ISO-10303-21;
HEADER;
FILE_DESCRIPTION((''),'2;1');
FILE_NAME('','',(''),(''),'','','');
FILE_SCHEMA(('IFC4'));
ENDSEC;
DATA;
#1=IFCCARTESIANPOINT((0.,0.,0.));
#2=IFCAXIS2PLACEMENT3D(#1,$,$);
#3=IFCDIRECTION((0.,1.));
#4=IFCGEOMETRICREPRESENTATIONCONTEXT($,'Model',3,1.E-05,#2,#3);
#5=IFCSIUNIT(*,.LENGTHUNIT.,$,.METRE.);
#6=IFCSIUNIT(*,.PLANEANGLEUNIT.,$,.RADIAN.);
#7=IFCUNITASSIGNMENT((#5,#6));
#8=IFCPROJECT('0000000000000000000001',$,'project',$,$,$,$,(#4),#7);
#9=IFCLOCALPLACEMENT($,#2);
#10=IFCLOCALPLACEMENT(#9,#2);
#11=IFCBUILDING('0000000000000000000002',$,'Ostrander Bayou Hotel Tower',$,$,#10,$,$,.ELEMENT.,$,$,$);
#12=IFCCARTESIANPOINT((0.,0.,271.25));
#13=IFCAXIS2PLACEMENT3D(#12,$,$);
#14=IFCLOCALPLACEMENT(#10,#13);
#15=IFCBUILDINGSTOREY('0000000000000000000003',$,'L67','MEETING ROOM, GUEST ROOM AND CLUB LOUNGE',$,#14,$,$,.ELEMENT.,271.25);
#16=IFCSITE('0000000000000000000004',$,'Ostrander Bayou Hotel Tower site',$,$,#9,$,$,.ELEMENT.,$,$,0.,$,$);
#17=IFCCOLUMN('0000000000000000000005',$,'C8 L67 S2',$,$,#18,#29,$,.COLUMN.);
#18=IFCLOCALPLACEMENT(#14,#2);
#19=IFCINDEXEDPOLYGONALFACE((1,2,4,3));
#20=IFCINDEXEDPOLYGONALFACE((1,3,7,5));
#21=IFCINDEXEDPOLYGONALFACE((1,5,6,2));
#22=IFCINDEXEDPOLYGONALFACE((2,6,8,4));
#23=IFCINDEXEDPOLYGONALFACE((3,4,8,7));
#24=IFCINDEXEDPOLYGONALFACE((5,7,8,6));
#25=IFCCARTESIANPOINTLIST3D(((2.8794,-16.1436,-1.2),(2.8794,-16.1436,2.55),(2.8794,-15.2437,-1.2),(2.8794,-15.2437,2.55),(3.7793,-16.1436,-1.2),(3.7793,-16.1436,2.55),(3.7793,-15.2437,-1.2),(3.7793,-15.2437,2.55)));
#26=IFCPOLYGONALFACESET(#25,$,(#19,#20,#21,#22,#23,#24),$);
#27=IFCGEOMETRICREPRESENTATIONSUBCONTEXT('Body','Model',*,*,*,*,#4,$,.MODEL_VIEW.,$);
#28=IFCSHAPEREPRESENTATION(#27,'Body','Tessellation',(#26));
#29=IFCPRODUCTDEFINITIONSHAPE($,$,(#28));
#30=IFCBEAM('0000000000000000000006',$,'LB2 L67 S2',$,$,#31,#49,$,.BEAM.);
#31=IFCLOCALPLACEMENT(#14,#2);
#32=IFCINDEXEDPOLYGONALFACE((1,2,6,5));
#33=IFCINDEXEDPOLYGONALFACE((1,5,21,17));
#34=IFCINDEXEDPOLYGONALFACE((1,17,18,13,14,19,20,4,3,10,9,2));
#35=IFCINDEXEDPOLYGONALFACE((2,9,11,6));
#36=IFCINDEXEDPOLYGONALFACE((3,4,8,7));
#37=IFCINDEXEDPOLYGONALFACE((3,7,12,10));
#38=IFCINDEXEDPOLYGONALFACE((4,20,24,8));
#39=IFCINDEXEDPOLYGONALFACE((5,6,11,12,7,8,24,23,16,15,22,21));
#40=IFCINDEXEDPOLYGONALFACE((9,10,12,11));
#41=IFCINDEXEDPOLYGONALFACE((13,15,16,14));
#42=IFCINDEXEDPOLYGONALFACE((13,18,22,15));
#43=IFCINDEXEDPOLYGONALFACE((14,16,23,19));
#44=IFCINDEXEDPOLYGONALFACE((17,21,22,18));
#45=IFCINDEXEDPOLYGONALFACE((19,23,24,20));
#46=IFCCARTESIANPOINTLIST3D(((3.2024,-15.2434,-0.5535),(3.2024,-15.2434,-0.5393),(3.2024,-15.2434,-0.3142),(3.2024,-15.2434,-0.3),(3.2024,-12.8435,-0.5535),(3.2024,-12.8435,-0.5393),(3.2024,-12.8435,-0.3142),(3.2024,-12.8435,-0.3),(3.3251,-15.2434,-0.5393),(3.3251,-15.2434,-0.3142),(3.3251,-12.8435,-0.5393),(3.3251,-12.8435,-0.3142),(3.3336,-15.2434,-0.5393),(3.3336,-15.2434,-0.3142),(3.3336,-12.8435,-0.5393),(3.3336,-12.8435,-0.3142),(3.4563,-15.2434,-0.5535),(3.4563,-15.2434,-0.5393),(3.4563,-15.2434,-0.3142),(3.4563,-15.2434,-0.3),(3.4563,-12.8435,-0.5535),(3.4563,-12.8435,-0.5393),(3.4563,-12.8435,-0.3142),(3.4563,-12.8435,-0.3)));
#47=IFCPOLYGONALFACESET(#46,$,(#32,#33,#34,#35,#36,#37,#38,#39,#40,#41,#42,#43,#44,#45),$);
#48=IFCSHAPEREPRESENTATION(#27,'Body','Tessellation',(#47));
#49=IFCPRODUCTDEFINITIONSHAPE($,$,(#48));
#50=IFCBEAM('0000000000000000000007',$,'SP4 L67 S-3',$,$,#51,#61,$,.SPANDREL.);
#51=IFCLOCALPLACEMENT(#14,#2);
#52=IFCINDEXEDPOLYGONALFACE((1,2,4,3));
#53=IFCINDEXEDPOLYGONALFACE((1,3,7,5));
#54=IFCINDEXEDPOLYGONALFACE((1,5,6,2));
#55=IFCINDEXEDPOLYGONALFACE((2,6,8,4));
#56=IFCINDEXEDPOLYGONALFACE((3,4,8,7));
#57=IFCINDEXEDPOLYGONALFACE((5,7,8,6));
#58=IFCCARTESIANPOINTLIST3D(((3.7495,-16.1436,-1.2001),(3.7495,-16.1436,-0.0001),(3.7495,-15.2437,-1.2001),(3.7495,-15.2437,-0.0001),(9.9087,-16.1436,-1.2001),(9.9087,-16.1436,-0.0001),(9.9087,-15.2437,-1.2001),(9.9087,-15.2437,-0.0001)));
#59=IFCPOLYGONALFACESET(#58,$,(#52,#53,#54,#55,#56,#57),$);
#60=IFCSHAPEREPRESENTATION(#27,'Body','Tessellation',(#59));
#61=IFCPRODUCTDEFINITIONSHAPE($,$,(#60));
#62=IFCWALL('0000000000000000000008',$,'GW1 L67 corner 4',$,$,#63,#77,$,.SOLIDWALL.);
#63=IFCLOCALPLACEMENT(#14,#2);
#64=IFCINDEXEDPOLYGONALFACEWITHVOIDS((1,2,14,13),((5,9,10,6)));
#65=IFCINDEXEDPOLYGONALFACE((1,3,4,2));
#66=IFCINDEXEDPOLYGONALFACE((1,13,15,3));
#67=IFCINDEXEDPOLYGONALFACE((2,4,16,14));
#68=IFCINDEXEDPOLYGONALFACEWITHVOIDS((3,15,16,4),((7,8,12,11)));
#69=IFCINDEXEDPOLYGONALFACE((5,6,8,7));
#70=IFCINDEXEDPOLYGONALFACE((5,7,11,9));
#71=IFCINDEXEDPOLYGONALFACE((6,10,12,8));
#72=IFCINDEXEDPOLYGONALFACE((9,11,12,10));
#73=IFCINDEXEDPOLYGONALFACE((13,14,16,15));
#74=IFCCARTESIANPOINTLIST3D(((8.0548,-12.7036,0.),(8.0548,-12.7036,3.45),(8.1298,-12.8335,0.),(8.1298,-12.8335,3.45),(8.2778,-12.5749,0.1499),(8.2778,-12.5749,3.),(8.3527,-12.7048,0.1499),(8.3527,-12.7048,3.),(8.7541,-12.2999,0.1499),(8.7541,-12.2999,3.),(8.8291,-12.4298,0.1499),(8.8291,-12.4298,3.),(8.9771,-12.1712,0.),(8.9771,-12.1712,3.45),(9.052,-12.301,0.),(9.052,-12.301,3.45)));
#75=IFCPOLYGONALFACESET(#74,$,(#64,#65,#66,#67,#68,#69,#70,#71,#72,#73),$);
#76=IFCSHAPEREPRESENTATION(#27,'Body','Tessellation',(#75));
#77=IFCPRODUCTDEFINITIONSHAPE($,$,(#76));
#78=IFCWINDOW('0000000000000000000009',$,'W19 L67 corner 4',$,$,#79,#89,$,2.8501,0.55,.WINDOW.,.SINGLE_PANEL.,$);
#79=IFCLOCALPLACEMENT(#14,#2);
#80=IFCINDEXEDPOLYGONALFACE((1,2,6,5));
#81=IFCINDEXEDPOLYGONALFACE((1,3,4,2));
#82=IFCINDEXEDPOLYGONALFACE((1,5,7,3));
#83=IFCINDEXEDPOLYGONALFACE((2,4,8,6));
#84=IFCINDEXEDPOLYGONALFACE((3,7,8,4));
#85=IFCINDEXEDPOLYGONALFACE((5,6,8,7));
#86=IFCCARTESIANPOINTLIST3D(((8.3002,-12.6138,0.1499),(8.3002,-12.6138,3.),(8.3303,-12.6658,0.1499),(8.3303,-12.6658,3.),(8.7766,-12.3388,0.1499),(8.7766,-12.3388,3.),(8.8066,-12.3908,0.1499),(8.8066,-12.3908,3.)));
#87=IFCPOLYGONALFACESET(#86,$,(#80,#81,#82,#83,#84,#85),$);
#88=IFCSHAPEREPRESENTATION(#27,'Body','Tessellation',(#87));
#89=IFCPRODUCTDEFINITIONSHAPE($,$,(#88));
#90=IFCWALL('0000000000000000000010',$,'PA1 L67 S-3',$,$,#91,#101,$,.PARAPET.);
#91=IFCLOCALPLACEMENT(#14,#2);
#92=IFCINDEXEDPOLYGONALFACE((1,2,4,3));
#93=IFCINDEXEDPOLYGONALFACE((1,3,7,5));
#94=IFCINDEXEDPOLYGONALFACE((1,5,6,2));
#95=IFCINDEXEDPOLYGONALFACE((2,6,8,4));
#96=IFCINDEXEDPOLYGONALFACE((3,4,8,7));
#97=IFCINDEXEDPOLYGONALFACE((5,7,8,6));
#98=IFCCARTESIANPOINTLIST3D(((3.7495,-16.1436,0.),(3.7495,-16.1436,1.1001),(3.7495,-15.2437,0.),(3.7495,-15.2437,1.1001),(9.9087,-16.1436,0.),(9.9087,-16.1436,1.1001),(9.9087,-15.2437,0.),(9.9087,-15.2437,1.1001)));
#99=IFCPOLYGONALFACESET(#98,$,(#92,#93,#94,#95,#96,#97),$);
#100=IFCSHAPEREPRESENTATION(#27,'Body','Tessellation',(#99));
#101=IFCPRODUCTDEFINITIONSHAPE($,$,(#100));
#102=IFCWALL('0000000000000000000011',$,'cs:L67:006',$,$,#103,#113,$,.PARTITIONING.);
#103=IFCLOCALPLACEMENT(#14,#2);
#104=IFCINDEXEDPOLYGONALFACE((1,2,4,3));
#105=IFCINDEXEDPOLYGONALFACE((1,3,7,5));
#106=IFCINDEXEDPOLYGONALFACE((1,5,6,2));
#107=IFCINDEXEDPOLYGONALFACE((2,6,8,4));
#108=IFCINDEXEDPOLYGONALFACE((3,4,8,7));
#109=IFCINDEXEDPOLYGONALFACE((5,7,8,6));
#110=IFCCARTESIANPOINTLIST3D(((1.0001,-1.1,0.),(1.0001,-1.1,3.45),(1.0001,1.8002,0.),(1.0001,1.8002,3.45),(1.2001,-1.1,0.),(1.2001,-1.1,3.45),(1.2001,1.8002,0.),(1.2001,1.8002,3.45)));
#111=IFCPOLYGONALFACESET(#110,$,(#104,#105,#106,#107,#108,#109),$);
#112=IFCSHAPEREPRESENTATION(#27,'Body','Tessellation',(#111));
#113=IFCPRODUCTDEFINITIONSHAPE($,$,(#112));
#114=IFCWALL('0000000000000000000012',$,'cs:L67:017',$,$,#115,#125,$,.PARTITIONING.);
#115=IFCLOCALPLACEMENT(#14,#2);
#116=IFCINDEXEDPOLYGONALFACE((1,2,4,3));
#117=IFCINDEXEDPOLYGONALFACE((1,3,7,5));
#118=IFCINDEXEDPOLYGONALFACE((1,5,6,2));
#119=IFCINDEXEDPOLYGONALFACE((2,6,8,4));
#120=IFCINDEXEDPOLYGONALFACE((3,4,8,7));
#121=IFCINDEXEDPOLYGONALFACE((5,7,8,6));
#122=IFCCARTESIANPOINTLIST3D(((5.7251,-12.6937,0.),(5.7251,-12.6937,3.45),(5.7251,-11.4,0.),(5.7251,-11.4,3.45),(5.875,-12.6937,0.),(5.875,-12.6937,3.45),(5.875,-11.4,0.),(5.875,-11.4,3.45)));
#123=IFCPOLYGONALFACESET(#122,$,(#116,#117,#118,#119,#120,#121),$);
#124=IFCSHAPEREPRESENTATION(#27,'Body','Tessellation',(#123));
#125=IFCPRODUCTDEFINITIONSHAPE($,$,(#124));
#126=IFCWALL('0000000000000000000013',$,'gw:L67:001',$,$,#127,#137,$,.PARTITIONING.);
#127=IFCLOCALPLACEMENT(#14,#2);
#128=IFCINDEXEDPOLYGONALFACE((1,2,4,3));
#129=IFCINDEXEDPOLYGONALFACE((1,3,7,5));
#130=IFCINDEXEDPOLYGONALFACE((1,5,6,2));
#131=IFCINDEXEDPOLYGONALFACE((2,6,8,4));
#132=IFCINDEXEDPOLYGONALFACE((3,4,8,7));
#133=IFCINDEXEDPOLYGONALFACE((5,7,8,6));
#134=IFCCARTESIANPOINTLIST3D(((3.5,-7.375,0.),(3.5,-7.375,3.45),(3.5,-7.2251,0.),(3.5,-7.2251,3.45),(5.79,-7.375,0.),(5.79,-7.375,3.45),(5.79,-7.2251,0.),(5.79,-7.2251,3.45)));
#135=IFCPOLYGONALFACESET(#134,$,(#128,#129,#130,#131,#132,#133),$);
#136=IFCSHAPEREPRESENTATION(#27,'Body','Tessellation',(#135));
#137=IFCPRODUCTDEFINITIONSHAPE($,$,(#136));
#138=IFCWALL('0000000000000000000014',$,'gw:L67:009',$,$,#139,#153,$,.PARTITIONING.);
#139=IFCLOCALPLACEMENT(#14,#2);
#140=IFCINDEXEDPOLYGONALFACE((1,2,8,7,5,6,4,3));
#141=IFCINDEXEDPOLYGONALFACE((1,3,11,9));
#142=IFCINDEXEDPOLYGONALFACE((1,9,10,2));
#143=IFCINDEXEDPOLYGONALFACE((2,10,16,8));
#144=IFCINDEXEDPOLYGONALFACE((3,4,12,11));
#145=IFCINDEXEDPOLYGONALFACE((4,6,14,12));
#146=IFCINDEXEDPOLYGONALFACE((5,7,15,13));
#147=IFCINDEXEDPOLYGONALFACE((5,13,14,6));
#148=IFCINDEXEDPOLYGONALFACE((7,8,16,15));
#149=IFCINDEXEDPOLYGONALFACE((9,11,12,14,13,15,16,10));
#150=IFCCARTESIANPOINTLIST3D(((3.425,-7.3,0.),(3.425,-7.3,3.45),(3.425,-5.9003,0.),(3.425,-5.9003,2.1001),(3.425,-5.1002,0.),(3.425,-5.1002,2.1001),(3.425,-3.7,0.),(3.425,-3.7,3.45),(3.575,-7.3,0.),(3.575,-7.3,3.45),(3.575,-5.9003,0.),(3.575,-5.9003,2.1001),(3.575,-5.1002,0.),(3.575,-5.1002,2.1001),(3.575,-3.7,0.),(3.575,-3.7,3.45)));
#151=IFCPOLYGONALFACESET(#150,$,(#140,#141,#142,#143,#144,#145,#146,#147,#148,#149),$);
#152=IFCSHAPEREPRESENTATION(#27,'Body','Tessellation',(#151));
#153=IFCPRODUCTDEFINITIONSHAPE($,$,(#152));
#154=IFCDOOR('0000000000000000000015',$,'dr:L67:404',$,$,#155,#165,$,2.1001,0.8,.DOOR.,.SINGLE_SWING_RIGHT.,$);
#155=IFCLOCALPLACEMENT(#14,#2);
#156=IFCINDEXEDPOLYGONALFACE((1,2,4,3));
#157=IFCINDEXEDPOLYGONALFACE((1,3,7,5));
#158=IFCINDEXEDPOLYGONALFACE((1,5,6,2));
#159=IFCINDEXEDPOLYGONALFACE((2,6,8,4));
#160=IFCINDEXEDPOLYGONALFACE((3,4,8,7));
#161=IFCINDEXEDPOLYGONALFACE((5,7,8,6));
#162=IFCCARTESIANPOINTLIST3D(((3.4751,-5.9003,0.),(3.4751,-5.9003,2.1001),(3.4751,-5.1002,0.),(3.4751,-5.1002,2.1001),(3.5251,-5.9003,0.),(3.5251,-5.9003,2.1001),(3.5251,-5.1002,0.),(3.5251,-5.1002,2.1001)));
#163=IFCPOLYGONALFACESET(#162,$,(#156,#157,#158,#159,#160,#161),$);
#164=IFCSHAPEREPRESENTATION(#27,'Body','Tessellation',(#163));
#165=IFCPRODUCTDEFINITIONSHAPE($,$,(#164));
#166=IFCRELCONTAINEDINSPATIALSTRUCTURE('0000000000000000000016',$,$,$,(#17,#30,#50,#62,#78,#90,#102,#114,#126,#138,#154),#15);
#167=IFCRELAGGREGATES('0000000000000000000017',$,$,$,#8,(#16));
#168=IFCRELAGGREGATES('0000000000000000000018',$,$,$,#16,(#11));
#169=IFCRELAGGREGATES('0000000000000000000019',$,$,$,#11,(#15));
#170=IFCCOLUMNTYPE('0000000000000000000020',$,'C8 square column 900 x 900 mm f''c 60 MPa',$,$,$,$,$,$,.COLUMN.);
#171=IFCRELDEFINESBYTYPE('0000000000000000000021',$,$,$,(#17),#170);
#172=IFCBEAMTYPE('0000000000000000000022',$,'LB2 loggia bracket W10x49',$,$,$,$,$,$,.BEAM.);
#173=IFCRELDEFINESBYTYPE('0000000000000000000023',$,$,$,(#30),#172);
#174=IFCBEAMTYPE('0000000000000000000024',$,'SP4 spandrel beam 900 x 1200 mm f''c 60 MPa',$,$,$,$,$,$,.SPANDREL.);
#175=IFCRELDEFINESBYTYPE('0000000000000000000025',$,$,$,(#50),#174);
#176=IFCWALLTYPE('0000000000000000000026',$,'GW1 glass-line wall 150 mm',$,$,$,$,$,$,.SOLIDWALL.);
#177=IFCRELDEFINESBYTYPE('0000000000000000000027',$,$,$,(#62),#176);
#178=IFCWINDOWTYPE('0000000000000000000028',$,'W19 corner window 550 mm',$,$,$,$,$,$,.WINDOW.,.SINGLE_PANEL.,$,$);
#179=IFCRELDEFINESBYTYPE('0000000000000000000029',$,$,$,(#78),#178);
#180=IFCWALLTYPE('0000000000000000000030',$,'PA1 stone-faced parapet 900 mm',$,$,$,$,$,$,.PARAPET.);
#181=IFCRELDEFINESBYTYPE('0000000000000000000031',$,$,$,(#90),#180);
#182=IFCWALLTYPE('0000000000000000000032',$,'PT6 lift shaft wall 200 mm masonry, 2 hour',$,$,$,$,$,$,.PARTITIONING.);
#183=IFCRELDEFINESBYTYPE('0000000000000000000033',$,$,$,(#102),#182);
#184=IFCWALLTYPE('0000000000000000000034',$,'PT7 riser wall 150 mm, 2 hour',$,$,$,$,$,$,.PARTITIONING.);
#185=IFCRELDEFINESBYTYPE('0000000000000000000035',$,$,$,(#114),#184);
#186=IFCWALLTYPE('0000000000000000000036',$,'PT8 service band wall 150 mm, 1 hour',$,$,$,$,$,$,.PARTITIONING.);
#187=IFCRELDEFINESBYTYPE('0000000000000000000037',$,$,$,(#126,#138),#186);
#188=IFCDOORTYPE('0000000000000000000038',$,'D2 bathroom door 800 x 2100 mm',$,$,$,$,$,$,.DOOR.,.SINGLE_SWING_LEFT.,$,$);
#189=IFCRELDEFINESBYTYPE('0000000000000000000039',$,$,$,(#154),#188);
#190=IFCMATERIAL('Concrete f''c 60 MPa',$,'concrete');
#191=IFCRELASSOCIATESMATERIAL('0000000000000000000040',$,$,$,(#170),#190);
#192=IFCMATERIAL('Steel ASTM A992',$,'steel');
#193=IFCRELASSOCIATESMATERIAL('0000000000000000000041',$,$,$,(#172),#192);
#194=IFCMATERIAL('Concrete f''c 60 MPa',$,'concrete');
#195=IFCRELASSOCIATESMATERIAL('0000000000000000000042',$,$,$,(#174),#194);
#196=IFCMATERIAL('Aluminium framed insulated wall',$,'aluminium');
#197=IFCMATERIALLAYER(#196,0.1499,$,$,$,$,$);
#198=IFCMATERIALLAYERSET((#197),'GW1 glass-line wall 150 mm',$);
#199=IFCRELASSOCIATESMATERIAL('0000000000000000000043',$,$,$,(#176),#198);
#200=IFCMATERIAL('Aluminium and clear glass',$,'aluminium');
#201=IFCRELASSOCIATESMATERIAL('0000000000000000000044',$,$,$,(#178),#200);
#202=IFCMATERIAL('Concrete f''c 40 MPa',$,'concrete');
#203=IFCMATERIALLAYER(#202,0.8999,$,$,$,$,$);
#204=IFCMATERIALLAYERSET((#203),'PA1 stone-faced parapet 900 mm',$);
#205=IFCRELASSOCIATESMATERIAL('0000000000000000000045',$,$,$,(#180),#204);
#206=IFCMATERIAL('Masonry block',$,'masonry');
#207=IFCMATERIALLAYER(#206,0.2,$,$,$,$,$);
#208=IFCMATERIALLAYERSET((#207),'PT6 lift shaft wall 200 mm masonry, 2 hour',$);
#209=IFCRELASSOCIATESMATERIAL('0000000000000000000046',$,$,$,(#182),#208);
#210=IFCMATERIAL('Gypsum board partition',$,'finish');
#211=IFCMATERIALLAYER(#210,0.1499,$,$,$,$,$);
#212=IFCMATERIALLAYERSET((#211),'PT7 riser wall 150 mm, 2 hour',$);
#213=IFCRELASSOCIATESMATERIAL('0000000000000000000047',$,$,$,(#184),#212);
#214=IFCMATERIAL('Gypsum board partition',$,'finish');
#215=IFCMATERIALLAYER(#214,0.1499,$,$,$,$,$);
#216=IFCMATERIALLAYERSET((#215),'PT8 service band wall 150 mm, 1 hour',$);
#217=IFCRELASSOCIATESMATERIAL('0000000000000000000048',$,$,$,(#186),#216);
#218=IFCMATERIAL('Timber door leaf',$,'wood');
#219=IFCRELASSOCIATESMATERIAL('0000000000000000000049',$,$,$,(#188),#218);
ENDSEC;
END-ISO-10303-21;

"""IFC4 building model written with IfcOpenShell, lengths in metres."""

from ifc_helpers import new_model, si_unit, direction, frame, frame_2d, origin, origin_2d, place, context, subcontext, project, spatial, rectangle, i_section, extrude, material, layer, layer_set, material_profile, profile_set, type_object, element, fill, save


model = new_model("IFC4")

# Units and contexts
model_context = context("Model", 3, precision=1e-05, world=origin(), true_north=direction((0.0, 1.0)))
body_context = subcontext(model_context, "Body", "Model", "MODEL_VIEW")
ifc_project = project(units=[si_unit("LENGTHUNIT", "METRE"), si_unit("PLANEANGLEUNIT", "RADIAN")], contexts=[model_context])

# Site, building, storey
site_placement = place(None, origin())
site = spatial("IfcSite", under=ifc_project, at=site_placement, Name="Ostrander Bayou Hotel Tower site", CompositionType="ELEMENT", RefElevation=0.0)
building_placement = place(site_placement, origin())
building = spatial("IfcBuilding", under=site, at=building_placement, Name="Ostrander Bayou Hotel Tower", CompositionType="ELEMENT")
storey_placement = place(building_placement, frame((0.0, 0.0, 271.25)))
storey = spatial("IfcBuildingStorey", under=building, at=storey_placement, Name="L67", Description="MEETING ROOM, GUEST ROOM AND CLUB LOUNGE", CompositionType="ELEMENT", Elevation=271.25)

# Column
ifc_material_1 = material(Name="Concrete f'c 60 MPa", Category="concrete")
ifc_material_profile_1 = material_profile(ifc_material_1, rectangle(XDim=0.8999, YDim=0.8999, at=origin_2d()))
ifc_profile_set_1 = profile_set([ifc_material_profile_1], Name="Concrete f'c 60 MPa")
column_type = type_object("IfcColumnType", Name="C8 square column 900 x 900 mm f'c 60 MPa", PredefinedType="COLUMN", material=ifc_profile_set_1)
column_placement = place(storey_placement, frame((3.3293, -15.6936, -1.2), z_axis=(0.0, 0.0, 1.0), x_axis=(-1.0, 0.0, 0.0)))
element("IfcColumn", 1, at=column_placement, inside=storey, type_object=column_type, Name="C8 L67 S2", PredefinedType="COLUMN", context=body_context, shape_type="SweptSolid", body=[
    extrude(rectangle(XDim=0.8999, YDim=0.8999, at=origin_2d()), origin(), (0.0, 0.0, 1.0), 3.75),
])

# Beams
ifc_material_2 = material(Name="Steel ASTM A992", Category="steel")
ifc_material_profile_2 = material_profile(ifc_material_2, i_section(OverallWidth=0.2539, OverallDepth=0.2534, WebThickness=0.0085, FlangeThickness=0.0142, at=origin_2d()))
ifc_profile_set_2 = profile_set([ifc_material_profile_2], Name="Steel ASTM A992")
beam_type_1 = type_object("IfcBeamType", Name="LB2 loggia bracket W10x49", PredefinedType="BEAM", material=ifc_profile_set_2)
beam_1_placement = place(storey_placement, frame((3.3293, -15.2434, -0.4268), z_axis=(0.0, 1.0, 0.0), x_axis=(-1.0, 0.0, 0.0)))
element("IfcBeam", 2, at=beam_1_placement, inside=storey, type_object=beam_type_1, Name="LB2 L67 S2", PredefinedType="BEAM", context=body_context, shape_type="SweptSolid", body=[
    extrude(i_section(OverallWidth=0.2539, OverallDepth=0.2534, WebThickness=0.0085, FlangeThickness=0.0142, at=origin_2d()), origin(), (0.0, 0.0, 1.0), 2.3999),
])
ifc_material_3 = material(Name="Concrete f'c 60 MPa", Category="concrete")
ifc_material_profile_3 = material_profile(ifc_material_3, rectangle(XDim=0.8999, YDim=1.2, at=origin_2d()))
ifc_profile_set_3 = profile_set([ifc_material_profile_3], Name="Concrete f'c 60 MPa")
beam_type_2 = type_object("IfcBeamType", Name="SP4 spandrel beam 900 x 1200 mm f'c 60 MPa", PredefinedType="SPANDREL", material=ifc_profile_set_3)
beam_2_placement = place(storey_placement, frame((3.7495, -15.6936, -0.6001), z_axis=(1.0, 0.0, 0.0), x_axis=(0.0, 1.0, 0.0)))
element("IfcBeam", 3, at=beam_2_placement, inside=storey, type_object=beam_type_2, Name="SP4 L67 S-3", PredefinedType="SPANDREL", context=body_context, shape_type="SweptSolid", body=[
    extrude(rectangle(XDim=0.8999, YDim=1.2, at=origin_2d()), origin(), (0.0, 0.0, 1.0), 6.1592),
])

# Wall, opening, window
ifc_material_4 = material(Name="Aluminium framed insulated wall", Category="aluminium")
ifc_layer_1 = layer(ifc_material_4, 0.1499)
ifc_layer_set_1 = layer_set([ifc_layer_1], Name="GW1 glass-line wall 150 mm")
wall_type_1 = type_object("IfcWallType", Name="GW1 glass-line wall 150 mm", PredefinedType="SOLIDWALL", material=ifc_layer_set_1)
wall_1_placement = place(storey_placement, frame((8.0923, -12.7686, 0.0), z_axis=(0.0, 0.0, 1.0), x_axis=(0.866048, 0.499961, 0.0)))
wall_1 = element("IfcWall", 4, at=wall_1_placement, inside=storey, type_object=wall_type_1, Name="GW1 L67 corner 4", PredefinedType="SOLIDWALL", context=body_context, shape_type="SweptSolid", body=[
    extrude(rectangle(XDim=1.0649, YDim=0.1499, at=frame_2d((0.5325, 0.0))), origin(), (0.0, 0.0, 1.0), 3.45),
])
opening_1_placement = place(wall_1_placement, frame((0.2576, 0.0, 0.1499)))
opening_1 = element("IfcOpeningElement", 5, at=opening_1_placement, cuts=wall_1, PredefinedType="OPENING", context=body_context, shape_type="SweptSolid", body=[
    extrude(rectangle(XDim=0.55, YDim=2.8501, at=frame_2d((0.2749, 1.425))), frame((0.0, 0.075, 0.0), z_axis=(0.0, -1.0, 0.0), x_axis=(1.0, 0.0, 0.0)), (0.0, 0.0, 1.0), 0.1499),
])
ifc_material_5 = material(Name="Aluminium and clear glass", Category="aluminium")
window_type = type_object("IfcWindowType", Name="W19 corner window 550 mm", PartitioningType="SINGLE_PANEL", PredefinedType="WINDOW", material=ifc_material_5)
window_placement = place(opening_1_placement, origin())
window = element("IfcWindow", 6, at=window_placement, inside=storey, type_object=window_type, Name="W19 L67 corner 4", OverallHeight=2.8501, OverallWidth=0.55, PartitioningType="SINGLE_PANEL", PredefinedType="WINDOW", context=body_context, shape_type="SweptSolid", body=[
    extrude(rectangle(XDim=0.55, YDim=2.8501, at=frame_2d((0.2749, 1.425))), frame((0.0, 0.03, 0.0), z_axis=(0.0, -1.0, 0.0), x_axis=(1.0, 0.0, 0.0)), (0.0, 0.0, 1.0), 0.0601),
])
fill(opening_1, window)

# Walls
ifc_material_6 = material(Name="Concrete f'c 40 MPa", Category="concrete")
ifc_layer_2 = layer(ifc_material_6, 0.8999)
ifc_layer_set_2 = layer_set([ifc_layer_2], Name="PA1 stone-faced parapet 900 mm")
wall_type_2 = type_object("IfcWallType", Name="PA1 stone-faced parapet 900 mm", PredefinedType="PARAPET", material=ifc_layer_set_2)
wall_2_placement = place(storey_placement, frame((3.7495, -15.6936, 0.0), z_axis=(0.0, 0.0, 1.0), x_axis=(1.0, 0.0, 0.0)))
element("IfcWall", 7, at=wall_2_placement, inside=storey, type_object=wall_type_2, Name="PA1 L67 S-3", PredefinedType="PARAPET", context=body_context, shape_type="SweptSolid", body=[
    extrude(rectangle(XDim=6.1592, YDim=0.8999, at=frame_2d((3.0796, 0.0))), origin(), (0.0, 0.0, 1.0), 1.1001),
])
ifc_material_7 = material(Name="Masonry block", Category="masonry")
ifc_layer_3 = layer(ifc_material_7, 0.2)
ifc_layer_set_3 = layer_set([ifc_layer_3], Name="PT6 lift shaft wall 200 mm masonry, 2 hour")
wall_type_3 = type_object("IfcWallType", Name="PT6 lift shaft wall 200 mm masonry, 2 hour", PredefinedType="PARTITIONING", material=ifc_layer_set_3)
wall_3_placement = place(storey_placement, frame((1.1001, -1.1001, 0.0), z_axis=(0.0, 0.0, 1.0), x_axis=(0.0, 1.0, 0.0)))
element("IfcWall", 8, at=wall_3_placement, inside=storey, type_object=wall_type_3, Name="cs:L67:006", PredefinedType="PARTITIONING", context=body_context, shape_type="SweptSolid", body=[
    extrude(rectangle(XDim=2.9001, YDim=0.2, at=frame_2d((1.4502, 0.0))), origin(), (0.0, 0.0, 1.0), 3.45),
])
ifc_material_8 = material(Name="Gypsum board partition", Category="finish")
ifc_layer_4 = layer(ifc_material_8, 0.1499)
ifc_layer_set_4 = layer_set([ifc_layer_4], Name="PT7 riser wall 150 mm, 2 hour")
wall_type_4 = type_object("IfcWallType", Name="PT7 riser wall 150 mm, 2 hour", PredefinedType="PARTITIONING", material=ifc_layer_set_4)
wall_4_placement = place(storey_placement, frame((5.8, -11.3999, 0.0), z_axis=(0.0, 0.0, 1.0), x_axis=(0.0, -1.0, 0.0)))
element("IfcWall", 9, at=wall_4_placement, inside=storey, type_object=wall_type_4, Name="cs:L67:017", PredefinedType="PARTITIONING", context=body_context, shape_type="SweptSolid", body=[
    extrude(rectangle(XDim=1.2937, YDim=0.1499, at=frame_2d((0.647, 0.0))), origin(), (0.0, 0.0, 1.0), 3.45),
])
ifc_material_9 = material(Name="Gypsum board partition", Category="finish")
ifc_layer_5 = layer(ifc_material_9, 0.1499)
ifc_layer_set_5 = layer_set([ifc_layer_5], Name="PT8 service band wall 150 mm, 1 hour")
wall_type_5 = type_object("IfcWallType", Name="PT8 service band wall 150 mm, 1 hour", PredefinedType="PARTITIONING", material=ifc_layer_set_5)
wall_5_placement = place(storey_placement, frame((3.5, -7.3, 0.0), z_axis=(0.0, 0.0, 1.0), x_axis=(1.0, 0.0, 0.0)))
element("IfcWall", 10, at=wall_5_placement, inside=storey, type_object=wall_type_5, Name="gw:L67:001", PredefinedType="PARTITIONING", context=body_context, shape_type="SweptSolid", body=[
    extrude(rectangle(XDim=2.29, YDim=0.1499, at=frame_2d((1.145, 0.0))), origin(), (0.0, 0.0, 1.0), 3.45),
])

# Wall, opening, door
wall_6_placement = place(storey_placement, frame((3.5, -7.3, 0.0), z_axis=(0.0, 0.0, 1.0), x_axis=(0.0, 1.0, 0.0)))
wall_6 = element("IfcWall", 11, at=wall_6_placement, inside=storey, type_object=wall_type_5, Name="gw:L67:009", PredefinedType="PARTITIONING", context=body_context, shape_type="SweptSolid", body=[
    extrude(rectangle(XDim=3.6001, YDim=0.1499, at=frame_2d((1.8, 0.0))), origin(), (0.0, 0.0, 1.0), 3.45),
])
opening_2_placement = place(wall_6_placement, frame((1.3999, 0.0, 0.0)))
opening_2 = element("IfcOpeningElement", 12, at=opening_2_placement, cuts=wall_6, PredefinedType="OPENING", context=body_context, shape_type="SweptSolid", body=[
    extrude(rectangle(XDim=0.8, YDim=2.1001, at=frame_2d((0.3999, 1.05))), frame((0.0, 0.075, 0.0), z_axis=(0.0, -1.0, 0.0), x_axis=(1.0, 0.0, 0.0)), (0.0, 0.0, 1.0), 0.1499),
])
ifc_material_10 = material(Name="Timber door leaf", Category="wood")
door_type_1 = type_object("IfcDoorType", Name="D2 bathroom door 800 x 2100 mm", OperationType="SINGLE_SWING_LEFT", PredefinedType="DOOR", material=ifc_material_10)
door_1_placement = place(opening_2_placement, origin())
door_1 = element("IfcDoor", 13, at=door_1_placement, inside=storey, type_object=door_type_1, Name="dr:L67:404", OperationType="SINGLE_SWING_RIGHT", OverallHeight=2.1001, OverallWidth=0.8, PredefinedType="DOOR", context=body_context, shape_type="SweptSolid", body=[
    extrude(rectangle(XDim=0.8, YDim=2.1001, at=frame_2d((0.3999, 1.05))), frame((0.0, 0.0249, 0.0), z_axis=(0.0, -1.0, 0.0), x_axis=(1.0, 0.0, 0.0)), (0.0, 0.0, 1.0), 0.05),
])
fill(opening_2, door_1)

save(model, "model.ifc")
